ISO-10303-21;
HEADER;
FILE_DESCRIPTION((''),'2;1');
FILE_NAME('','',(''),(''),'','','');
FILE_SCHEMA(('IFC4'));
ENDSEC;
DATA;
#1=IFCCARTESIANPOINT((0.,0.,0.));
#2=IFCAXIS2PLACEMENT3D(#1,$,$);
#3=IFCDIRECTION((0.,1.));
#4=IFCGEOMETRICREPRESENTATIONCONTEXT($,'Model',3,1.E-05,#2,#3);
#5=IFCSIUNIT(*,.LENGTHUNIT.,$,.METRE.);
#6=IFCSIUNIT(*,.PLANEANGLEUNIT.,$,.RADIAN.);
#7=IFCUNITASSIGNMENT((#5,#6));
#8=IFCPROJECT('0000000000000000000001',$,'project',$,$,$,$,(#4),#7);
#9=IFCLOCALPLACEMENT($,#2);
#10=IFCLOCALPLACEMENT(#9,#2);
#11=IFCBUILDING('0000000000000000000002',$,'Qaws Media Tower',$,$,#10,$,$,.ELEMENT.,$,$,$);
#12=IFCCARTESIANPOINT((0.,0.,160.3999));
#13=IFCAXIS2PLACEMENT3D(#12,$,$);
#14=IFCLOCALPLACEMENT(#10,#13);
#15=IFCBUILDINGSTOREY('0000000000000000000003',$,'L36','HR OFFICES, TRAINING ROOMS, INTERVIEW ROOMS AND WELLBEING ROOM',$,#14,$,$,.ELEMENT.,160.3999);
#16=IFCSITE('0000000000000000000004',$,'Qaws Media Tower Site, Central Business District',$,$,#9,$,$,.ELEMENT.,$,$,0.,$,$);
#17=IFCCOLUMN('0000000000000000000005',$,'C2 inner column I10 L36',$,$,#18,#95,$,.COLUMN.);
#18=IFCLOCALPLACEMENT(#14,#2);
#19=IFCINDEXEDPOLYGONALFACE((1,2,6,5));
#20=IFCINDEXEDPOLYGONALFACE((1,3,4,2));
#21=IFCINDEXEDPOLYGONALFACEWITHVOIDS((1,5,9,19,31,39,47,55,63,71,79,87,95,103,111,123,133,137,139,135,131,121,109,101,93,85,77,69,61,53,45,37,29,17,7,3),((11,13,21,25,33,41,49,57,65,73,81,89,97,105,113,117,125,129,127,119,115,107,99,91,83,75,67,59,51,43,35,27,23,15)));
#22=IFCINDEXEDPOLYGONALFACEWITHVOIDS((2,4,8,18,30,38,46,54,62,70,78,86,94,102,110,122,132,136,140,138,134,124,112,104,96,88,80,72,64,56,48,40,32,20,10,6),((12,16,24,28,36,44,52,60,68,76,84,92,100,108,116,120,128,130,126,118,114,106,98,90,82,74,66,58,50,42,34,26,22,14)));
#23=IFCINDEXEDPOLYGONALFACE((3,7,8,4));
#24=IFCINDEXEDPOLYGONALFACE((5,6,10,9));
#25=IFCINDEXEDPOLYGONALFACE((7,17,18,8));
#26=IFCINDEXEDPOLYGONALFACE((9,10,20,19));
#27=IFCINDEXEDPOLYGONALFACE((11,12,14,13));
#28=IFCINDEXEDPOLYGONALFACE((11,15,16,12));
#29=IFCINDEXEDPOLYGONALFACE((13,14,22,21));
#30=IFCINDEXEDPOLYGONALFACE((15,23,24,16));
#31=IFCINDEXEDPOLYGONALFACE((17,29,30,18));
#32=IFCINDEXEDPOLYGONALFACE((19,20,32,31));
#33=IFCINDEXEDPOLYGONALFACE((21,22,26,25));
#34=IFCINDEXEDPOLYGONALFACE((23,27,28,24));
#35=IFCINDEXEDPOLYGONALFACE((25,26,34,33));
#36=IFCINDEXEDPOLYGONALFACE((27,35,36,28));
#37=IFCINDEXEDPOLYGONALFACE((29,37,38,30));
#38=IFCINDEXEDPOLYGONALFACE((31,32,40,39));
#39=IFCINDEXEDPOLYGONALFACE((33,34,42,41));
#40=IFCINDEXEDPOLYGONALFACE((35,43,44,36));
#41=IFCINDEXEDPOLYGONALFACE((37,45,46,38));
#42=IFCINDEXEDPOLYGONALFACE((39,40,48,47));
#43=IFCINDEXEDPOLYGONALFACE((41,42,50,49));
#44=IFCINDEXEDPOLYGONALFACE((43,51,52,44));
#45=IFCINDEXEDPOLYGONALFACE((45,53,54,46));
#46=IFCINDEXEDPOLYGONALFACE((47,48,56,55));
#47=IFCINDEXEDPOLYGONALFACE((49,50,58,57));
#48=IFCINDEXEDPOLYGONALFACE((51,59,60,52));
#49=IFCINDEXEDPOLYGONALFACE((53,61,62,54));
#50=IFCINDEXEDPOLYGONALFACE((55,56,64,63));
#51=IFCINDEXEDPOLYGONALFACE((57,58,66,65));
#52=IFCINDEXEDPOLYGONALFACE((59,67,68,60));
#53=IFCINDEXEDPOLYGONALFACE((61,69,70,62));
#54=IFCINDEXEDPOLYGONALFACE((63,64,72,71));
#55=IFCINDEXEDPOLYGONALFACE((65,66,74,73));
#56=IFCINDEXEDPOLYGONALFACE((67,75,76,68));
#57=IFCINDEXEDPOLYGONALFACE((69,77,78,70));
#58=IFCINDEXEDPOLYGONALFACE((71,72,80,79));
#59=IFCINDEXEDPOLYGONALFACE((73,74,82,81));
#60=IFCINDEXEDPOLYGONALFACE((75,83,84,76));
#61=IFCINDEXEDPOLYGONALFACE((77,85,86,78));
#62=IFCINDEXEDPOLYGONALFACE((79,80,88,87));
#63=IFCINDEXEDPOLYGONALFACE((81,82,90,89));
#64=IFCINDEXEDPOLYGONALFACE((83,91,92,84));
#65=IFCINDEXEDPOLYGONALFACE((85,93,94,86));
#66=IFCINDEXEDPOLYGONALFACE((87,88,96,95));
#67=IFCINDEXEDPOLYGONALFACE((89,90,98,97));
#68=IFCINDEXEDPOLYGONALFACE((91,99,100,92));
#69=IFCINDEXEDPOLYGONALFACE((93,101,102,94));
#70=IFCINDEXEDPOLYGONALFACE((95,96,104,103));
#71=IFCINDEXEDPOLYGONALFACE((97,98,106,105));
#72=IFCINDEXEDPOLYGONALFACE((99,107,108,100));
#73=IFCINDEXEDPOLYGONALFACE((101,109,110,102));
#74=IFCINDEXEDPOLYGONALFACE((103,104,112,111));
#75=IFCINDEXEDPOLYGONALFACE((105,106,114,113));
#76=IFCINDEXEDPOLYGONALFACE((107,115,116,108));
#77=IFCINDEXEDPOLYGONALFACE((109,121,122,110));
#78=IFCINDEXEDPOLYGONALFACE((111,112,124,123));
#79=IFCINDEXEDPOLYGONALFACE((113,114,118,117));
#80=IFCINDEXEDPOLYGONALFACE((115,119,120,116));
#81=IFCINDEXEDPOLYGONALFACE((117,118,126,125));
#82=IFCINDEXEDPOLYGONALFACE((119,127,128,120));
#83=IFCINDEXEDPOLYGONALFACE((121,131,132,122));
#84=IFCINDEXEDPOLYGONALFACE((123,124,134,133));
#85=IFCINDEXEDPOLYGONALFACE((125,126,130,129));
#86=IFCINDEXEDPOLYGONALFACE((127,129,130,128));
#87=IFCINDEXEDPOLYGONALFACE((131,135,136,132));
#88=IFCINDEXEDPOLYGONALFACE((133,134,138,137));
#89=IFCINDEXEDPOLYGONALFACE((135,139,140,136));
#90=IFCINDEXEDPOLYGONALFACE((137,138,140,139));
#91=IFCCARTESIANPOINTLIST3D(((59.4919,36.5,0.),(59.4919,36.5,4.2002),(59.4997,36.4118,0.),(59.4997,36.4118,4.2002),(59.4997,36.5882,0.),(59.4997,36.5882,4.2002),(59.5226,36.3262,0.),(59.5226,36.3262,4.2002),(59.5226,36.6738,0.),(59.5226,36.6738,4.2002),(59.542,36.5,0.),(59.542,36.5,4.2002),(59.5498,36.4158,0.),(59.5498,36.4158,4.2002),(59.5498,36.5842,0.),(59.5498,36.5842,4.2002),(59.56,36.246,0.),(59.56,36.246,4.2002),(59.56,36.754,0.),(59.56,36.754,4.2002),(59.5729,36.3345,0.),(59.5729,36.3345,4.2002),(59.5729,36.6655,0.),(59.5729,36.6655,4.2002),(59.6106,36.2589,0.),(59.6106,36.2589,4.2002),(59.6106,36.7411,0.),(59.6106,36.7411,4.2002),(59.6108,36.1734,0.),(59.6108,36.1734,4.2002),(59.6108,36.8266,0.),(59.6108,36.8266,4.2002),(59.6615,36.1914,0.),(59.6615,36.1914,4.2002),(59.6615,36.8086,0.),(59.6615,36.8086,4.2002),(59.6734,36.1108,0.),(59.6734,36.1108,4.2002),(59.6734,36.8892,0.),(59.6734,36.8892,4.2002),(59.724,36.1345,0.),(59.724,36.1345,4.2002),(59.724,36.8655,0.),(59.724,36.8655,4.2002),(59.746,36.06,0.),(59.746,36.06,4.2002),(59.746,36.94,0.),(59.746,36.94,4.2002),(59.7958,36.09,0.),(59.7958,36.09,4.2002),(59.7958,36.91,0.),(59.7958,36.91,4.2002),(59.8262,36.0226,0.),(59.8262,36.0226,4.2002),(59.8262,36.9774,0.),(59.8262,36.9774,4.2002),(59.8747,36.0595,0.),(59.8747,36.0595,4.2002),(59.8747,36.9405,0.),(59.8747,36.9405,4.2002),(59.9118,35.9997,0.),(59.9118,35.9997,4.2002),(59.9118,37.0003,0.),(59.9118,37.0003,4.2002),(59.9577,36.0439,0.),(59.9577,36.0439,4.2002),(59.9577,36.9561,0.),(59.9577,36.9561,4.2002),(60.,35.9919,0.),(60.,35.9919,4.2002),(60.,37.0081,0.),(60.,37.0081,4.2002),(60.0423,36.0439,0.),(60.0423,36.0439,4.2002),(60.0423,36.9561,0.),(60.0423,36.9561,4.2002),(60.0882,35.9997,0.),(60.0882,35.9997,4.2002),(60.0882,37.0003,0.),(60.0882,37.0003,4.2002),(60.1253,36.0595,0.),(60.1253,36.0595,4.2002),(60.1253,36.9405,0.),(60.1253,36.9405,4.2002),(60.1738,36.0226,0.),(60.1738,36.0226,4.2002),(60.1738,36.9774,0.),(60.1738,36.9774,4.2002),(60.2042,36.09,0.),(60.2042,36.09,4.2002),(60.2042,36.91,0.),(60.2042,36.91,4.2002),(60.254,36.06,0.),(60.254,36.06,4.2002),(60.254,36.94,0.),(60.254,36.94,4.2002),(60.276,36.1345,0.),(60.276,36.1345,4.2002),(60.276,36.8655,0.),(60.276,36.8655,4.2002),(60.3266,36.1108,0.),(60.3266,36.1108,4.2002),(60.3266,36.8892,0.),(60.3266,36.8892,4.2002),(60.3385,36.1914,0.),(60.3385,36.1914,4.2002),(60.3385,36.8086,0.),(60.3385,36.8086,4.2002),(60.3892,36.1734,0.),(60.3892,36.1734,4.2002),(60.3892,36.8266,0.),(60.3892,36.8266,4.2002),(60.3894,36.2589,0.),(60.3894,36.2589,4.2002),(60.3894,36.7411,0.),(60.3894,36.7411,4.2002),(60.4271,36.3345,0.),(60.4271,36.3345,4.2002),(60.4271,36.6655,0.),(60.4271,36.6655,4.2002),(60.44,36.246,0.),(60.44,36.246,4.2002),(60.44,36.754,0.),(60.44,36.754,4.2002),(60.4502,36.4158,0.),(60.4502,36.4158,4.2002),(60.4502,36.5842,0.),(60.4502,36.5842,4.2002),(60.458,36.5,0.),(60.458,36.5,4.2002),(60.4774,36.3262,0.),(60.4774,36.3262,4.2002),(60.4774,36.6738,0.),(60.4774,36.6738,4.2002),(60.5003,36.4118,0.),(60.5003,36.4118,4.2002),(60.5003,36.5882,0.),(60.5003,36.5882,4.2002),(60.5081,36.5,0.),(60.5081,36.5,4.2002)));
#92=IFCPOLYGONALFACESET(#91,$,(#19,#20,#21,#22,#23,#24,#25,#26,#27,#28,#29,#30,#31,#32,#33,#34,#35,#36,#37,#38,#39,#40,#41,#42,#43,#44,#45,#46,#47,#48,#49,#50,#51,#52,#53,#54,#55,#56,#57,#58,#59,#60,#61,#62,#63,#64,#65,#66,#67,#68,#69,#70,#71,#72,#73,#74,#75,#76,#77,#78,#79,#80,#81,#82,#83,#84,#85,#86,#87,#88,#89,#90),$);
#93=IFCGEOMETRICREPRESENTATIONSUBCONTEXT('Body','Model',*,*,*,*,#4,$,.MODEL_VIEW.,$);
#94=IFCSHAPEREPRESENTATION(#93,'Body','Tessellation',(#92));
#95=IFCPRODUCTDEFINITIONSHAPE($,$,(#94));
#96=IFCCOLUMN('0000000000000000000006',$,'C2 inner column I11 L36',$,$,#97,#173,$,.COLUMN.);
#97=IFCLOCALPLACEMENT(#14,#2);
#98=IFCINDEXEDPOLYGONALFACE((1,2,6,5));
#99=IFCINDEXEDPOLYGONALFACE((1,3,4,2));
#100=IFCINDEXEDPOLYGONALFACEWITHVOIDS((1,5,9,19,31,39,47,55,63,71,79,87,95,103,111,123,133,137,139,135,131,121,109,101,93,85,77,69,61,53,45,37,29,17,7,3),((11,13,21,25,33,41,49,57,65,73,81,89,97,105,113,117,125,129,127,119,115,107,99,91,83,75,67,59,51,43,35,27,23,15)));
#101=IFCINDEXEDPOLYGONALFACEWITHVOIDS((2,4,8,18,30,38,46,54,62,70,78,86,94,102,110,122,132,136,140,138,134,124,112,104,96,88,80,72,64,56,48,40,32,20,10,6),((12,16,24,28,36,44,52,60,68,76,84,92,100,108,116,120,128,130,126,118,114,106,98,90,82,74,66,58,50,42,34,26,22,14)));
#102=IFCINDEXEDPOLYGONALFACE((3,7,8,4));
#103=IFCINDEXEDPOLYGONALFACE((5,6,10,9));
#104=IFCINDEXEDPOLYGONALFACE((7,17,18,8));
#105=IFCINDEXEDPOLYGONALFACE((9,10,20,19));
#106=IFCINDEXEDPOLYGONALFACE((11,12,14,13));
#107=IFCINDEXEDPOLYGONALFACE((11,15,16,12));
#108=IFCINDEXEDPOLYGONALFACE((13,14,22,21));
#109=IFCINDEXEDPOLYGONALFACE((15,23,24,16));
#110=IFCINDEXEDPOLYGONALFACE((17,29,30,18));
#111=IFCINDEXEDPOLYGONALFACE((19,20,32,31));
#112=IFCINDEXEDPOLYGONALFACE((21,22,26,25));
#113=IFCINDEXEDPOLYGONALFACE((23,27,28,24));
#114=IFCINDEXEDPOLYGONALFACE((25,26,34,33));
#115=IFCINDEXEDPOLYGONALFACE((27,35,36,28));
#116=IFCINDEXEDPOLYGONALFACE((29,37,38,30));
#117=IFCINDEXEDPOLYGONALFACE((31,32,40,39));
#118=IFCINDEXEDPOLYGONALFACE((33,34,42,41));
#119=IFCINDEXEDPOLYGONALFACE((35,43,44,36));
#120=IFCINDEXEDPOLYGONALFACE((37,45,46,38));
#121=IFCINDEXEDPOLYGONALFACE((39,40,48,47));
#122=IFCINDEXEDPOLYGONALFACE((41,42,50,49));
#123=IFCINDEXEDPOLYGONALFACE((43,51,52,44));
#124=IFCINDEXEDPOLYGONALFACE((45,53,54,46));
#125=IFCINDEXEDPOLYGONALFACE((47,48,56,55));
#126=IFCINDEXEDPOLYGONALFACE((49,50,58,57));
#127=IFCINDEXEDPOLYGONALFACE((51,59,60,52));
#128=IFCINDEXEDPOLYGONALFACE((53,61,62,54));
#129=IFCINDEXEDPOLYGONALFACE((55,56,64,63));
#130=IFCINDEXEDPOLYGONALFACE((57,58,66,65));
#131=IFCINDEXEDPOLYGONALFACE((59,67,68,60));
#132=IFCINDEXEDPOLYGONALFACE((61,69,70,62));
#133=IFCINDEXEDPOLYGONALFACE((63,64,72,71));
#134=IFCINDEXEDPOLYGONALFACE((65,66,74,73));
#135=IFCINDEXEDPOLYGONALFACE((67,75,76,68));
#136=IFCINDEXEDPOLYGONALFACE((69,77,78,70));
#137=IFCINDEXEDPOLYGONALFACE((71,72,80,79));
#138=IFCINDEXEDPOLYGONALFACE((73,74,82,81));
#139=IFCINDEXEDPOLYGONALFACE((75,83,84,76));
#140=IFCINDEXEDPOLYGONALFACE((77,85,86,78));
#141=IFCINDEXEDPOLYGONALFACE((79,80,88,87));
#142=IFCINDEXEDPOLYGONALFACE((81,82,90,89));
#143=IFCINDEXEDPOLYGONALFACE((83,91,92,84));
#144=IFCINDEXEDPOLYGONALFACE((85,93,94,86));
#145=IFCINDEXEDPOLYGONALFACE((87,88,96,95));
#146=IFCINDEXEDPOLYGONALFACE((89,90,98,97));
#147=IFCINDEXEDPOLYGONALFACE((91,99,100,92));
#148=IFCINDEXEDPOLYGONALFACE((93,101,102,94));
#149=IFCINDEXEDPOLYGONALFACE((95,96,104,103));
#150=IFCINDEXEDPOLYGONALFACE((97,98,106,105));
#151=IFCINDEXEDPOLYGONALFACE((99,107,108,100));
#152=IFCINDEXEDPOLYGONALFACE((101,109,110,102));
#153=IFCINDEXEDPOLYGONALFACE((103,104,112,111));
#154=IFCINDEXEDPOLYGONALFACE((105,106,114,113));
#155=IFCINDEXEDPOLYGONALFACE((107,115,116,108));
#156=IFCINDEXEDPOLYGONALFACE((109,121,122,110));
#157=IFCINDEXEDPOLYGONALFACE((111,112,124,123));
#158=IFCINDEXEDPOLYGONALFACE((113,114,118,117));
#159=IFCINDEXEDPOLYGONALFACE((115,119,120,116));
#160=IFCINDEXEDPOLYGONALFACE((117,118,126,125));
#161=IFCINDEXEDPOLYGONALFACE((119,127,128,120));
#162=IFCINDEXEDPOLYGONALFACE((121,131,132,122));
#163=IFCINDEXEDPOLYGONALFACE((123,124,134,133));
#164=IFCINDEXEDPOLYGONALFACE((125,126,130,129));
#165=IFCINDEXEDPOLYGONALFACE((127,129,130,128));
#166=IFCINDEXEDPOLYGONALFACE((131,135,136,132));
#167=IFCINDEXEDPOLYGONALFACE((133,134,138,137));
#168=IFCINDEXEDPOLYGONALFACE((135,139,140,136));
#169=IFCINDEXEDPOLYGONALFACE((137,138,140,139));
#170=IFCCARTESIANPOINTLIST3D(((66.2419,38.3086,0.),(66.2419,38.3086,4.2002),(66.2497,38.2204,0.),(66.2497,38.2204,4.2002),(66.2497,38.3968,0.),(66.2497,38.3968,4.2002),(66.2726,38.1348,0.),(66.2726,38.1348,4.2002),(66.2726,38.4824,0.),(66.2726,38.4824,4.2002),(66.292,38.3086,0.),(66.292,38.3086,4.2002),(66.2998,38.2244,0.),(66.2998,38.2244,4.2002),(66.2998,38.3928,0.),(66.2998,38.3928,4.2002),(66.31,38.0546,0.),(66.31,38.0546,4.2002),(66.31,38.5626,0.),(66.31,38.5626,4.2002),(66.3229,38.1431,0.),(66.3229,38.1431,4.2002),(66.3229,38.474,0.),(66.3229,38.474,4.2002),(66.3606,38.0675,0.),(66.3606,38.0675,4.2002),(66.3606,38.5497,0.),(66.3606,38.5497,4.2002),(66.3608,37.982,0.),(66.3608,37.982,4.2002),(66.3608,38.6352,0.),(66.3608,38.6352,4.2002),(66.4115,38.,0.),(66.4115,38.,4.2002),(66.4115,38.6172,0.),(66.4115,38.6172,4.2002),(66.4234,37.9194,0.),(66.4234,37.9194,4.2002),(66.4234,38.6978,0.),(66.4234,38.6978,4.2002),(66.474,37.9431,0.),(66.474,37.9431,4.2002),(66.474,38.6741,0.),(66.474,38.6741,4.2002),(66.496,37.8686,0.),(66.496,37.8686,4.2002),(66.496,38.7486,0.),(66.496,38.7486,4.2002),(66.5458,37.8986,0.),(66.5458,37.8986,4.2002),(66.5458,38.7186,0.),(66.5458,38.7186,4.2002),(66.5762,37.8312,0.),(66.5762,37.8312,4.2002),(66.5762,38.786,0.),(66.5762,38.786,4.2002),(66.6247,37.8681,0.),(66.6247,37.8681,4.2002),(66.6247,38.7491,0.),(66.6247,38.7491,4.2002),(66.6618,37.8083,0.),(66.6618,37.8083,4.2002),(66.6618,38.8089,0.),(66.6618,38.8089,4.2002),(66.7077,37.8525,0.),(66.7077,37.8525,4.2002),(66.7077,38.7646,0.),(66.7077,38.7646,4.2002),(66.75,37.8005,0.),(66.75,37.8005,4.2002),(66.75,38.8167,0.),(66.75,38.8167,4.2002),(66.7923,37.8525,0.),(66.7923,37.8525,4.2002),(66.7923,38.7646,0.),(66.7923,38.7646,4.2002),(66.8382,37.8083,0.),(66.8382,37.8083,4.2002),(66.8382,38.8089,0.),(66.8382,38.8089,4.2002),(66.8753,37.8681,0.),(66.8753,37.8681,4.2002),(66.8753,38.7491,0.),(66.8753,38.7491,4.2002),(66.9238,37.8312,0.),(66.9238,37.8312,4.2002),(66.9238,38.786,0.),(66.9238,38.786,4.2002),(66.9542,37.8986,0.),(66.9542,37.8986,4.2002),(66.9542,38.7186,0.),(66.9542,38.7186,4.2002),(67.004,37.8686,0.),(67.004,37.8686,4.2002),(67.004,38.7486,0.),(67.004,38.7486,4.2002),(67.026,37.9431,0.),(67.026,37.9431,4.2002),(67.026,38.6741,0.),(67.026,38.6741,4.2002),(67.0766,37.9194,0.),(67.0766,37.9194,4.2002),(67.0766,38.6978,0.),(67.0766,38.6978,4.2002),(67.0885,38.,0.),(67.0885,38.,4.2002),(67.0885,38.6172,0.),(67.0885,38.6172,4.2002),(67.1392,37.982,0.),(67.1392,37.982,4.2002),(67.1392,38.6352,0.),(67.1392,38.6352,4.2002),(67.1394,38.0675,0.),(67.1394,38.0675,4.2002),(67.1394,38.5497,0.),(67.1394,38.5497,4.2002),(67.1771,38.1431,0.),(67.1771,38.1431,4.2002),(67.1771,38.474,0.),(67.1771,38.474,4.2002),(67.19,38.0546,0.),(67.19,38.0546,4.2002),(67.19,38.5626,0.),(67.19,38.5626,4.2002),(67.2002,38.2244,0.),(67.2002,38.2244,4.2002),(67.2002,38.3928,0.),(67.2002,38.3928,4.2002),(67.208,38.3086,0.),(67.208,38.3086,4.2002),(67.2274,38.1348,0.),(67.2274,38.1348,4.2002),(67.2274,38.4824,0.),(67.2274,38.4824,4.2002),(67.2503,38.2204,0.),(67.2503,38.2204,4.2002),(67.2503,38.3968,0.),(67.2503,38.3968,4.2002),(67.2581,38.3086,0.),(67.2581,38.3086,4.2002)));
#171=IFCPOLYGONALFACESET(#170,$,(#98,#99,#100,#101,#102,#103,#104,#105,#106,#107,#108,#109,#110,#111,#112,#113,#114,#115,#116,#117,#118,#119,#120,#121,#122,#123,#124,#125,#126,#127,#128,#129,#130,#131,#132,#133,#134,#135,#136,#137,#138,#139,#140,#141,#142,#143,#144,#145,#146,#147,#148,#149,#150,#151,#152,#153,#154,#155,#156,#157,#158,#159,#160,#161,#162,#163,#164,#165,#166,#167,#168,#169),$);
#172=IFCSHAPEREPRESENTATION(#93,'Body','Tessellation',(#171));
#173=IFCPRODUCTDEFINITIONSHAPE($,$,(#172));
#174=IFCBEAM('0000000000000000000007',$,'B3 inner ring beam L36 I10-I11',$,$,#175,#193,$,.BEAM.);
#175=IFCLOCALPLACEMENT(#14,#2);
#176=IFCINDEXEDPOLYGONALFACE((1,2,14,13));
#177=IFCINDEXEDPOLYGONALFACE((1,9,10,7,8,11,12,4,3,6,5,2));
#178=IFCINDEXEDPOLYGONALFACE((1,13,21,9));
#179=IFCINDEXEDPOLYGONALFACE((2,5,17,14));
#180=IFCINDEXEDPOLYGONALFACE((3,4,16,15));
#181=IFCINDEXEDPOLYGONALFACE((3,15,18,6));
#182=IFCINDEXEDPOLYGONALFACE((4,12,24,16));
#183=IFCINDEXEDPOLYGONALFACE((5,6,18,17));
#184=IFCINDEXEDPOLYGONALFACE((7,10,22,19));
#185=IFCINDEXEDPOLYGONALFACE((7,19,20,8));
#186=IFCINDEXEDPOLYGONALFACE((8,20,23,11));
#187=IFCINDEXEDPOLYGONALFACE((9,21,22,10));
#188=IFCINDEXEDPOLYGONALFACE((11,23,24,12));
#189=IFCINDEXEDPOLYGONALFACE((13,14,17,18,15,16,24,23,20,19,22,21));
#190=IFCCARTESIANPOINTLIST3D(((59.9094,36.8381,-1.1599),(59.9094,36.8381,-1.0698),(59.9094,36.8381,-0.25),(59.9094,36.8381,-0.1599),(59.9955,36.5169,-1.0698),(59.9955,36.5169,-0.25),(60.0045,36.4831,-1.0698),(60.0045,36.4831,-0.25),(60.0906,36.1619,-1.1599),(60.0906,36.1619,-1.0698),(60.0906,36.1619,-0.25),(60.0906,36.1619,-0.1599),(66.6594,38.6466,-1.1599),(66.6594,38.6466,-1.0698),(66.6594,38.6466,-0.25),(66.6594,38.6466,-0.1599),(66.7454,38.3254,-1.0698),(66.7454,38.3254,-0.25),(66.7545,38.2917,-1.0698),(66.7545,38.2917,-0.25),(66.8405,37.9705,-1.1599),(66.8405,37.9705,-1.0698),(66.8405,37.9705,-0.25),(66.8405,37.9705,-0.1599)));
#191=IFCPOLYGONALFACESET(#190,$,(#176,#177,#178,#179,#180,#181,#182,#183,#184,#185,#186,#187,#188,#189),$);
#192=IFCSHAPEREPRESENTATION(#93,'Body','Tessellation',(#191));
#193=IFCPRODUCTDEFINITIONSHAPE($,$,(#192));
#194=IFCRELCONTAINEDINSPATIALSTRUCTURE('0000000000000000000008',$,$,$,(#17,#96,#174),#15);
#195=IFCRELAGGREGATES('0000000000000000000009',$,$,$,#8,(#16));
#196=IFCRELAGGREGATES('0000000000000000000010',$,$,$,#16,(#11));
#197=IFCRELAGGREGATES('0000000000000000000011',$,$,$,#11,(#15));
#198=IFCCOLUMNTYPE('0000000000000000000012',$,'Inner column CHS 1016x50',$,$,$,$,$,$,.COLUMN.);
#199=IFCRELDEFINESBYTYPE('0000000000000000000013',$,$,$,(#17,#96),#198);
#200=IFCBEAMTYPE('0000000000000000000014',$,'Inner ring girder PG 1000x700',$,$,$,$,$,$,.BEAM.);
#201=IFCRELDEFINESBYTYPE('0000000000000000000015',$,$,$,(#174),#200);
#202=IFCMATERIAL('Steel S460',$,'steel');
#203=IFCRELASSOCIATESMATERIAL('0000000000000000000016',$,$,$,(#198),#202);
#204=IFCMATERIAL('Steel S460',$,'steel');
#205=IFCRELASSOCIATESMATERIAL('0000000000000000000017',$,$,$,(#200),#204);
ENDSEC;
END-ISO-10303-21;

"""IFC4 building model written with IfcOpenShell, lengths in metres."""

from ifc_helpers import new_model, si_unit, direction, frame, origin, origin_2d, place, context, subcontext, project, spatial, hollow_circle, i_section, extrude, material, material_profile, profile_set, type_object, element, save


model = new_model("IFC4")

# Units and contexts
model_context = context("Model", 3, precision=1e-05, world=origin(), true_north=direction((0.0, 1.0)))
body_context = subcontext(model_context, "Body", "Model", "MODEL_VIEW")
ifc_project = project(units=[si_unit("LENGTHUNIT", "METRE"), si_unit("PLANEANGLEUNIT", "RADIAN")], contexts=[model_context])

# Site, building, storey
site_placement = place(None, origin())
site = spatial("IfcSite", under=ifc_project, at=site_placement, Name="Qaws Media Tower Site, Central Business District", CompositionType="ELEMENT", RefElevation=0.0)
building_placement = place(site_placement, origin())
building = spatial("IfcBuilding", under=site, at=building_placement, Name="Qaws Media Tower", CompositionType="ELEMENT")
storey_placement = place(building_placement, frame((0.0, 0.0, 160.3999)))
storey = spatial("IfcBuildingStorey", under=building, at=storey_placement, Name="L36", Description="HR OFFICES, TRAINING ROOMS, INTERVIEW ROOMS AND WELLBEING ROOM", CompositionType="ELEMENT", Elevation=160.3999)

# Columns
ifc_material_1 = material(Name="Steel S460", Category="steel")
ifc_material_profile_1 = material_profile(ifc_material_1, hollow_circle(Radius=0.5081, WallThickness=0.05, at=origin_2d()), Name="CHS 1016x50")
ifc_profile_set_1 = profile_set([ifc_material_profile_1], Name="Steel S460")
column_type = type_object("IfcColumnType", Name="Inner column CHS 1016x50", PredefinedType="COLUMN", material=ifc_profile_set_1)
for number, where, z_axis, x_axis, name in (
    (1, (60.0, 36.5, 0.0), (0.0, 0.0, 1.0), (1.0, 0.0, 0.0), "C2 inner column I10 L36"),
    (2, (66.75, 38.3086, 0.0), (0.0, 0.0, 1.0), (1.0, 0.0, 0.0), "C2 inner column I11 L36"),
):
    element("IfcColumn", number, at=place(storey_placement, frame(where, z_axis=z_axis, x_axis=x_axis)), inside=storey, type_object=column_type, Name=name, PredefinedType="COLUMN", context=body_context, shape_type="SweptSolid", body=[
        extrude(hollow_circle(Radius=0.5081, WallThickness=0.05, at=origin_2d()), origin(), (0.0, 0.0, 1.0), 4.2002),
    ])

# Beam
ifc_material_2 = material(Name="Steel S460", Category="steel")
ifc_material_profile_2 = material_profile(ifc_material_2, i_section(OverallWidth=0.7, OverallDepth=1.0, WebThickness=0.0349, FlangeThickness=0.0901, at=origin_2d()), Name="PG 1000x700")
ifc_profile_set_2 = profile_set([ifc_material_profile_2], Name="Steel S460")
beam_type_1 = type_object("IfcBeamType", Name="Inner ring girder PG 1000x700", PredefinedType="BEAM", material=ifc_profile_set_2)
beam_1_placement = place(storey_placement, frame((60.0, 36.5, -0.6599), z_axis=(0.965928, 0.258811, 0.0), x_axis=(-0.258811, 0.965928, 0.0)))
element("IfcBeam", 3, at=beam_1_placement, inside=storey, type_object=beam_type_1, Name="B3 inner ring beam L36 I10-I11", PredefinedType="BEAM", context=body_context, shape_type="SweptSolid", body=[
    extrude(i_section(OverallWidth=0.7, OverallDepth=1.0, WebThickness=0.0349, FlangeThickness=0.0901, at=origin_2d()), origin(), (0.0, 0.0, 1.0), 6.988),
])

save(model, "model.ifc")
